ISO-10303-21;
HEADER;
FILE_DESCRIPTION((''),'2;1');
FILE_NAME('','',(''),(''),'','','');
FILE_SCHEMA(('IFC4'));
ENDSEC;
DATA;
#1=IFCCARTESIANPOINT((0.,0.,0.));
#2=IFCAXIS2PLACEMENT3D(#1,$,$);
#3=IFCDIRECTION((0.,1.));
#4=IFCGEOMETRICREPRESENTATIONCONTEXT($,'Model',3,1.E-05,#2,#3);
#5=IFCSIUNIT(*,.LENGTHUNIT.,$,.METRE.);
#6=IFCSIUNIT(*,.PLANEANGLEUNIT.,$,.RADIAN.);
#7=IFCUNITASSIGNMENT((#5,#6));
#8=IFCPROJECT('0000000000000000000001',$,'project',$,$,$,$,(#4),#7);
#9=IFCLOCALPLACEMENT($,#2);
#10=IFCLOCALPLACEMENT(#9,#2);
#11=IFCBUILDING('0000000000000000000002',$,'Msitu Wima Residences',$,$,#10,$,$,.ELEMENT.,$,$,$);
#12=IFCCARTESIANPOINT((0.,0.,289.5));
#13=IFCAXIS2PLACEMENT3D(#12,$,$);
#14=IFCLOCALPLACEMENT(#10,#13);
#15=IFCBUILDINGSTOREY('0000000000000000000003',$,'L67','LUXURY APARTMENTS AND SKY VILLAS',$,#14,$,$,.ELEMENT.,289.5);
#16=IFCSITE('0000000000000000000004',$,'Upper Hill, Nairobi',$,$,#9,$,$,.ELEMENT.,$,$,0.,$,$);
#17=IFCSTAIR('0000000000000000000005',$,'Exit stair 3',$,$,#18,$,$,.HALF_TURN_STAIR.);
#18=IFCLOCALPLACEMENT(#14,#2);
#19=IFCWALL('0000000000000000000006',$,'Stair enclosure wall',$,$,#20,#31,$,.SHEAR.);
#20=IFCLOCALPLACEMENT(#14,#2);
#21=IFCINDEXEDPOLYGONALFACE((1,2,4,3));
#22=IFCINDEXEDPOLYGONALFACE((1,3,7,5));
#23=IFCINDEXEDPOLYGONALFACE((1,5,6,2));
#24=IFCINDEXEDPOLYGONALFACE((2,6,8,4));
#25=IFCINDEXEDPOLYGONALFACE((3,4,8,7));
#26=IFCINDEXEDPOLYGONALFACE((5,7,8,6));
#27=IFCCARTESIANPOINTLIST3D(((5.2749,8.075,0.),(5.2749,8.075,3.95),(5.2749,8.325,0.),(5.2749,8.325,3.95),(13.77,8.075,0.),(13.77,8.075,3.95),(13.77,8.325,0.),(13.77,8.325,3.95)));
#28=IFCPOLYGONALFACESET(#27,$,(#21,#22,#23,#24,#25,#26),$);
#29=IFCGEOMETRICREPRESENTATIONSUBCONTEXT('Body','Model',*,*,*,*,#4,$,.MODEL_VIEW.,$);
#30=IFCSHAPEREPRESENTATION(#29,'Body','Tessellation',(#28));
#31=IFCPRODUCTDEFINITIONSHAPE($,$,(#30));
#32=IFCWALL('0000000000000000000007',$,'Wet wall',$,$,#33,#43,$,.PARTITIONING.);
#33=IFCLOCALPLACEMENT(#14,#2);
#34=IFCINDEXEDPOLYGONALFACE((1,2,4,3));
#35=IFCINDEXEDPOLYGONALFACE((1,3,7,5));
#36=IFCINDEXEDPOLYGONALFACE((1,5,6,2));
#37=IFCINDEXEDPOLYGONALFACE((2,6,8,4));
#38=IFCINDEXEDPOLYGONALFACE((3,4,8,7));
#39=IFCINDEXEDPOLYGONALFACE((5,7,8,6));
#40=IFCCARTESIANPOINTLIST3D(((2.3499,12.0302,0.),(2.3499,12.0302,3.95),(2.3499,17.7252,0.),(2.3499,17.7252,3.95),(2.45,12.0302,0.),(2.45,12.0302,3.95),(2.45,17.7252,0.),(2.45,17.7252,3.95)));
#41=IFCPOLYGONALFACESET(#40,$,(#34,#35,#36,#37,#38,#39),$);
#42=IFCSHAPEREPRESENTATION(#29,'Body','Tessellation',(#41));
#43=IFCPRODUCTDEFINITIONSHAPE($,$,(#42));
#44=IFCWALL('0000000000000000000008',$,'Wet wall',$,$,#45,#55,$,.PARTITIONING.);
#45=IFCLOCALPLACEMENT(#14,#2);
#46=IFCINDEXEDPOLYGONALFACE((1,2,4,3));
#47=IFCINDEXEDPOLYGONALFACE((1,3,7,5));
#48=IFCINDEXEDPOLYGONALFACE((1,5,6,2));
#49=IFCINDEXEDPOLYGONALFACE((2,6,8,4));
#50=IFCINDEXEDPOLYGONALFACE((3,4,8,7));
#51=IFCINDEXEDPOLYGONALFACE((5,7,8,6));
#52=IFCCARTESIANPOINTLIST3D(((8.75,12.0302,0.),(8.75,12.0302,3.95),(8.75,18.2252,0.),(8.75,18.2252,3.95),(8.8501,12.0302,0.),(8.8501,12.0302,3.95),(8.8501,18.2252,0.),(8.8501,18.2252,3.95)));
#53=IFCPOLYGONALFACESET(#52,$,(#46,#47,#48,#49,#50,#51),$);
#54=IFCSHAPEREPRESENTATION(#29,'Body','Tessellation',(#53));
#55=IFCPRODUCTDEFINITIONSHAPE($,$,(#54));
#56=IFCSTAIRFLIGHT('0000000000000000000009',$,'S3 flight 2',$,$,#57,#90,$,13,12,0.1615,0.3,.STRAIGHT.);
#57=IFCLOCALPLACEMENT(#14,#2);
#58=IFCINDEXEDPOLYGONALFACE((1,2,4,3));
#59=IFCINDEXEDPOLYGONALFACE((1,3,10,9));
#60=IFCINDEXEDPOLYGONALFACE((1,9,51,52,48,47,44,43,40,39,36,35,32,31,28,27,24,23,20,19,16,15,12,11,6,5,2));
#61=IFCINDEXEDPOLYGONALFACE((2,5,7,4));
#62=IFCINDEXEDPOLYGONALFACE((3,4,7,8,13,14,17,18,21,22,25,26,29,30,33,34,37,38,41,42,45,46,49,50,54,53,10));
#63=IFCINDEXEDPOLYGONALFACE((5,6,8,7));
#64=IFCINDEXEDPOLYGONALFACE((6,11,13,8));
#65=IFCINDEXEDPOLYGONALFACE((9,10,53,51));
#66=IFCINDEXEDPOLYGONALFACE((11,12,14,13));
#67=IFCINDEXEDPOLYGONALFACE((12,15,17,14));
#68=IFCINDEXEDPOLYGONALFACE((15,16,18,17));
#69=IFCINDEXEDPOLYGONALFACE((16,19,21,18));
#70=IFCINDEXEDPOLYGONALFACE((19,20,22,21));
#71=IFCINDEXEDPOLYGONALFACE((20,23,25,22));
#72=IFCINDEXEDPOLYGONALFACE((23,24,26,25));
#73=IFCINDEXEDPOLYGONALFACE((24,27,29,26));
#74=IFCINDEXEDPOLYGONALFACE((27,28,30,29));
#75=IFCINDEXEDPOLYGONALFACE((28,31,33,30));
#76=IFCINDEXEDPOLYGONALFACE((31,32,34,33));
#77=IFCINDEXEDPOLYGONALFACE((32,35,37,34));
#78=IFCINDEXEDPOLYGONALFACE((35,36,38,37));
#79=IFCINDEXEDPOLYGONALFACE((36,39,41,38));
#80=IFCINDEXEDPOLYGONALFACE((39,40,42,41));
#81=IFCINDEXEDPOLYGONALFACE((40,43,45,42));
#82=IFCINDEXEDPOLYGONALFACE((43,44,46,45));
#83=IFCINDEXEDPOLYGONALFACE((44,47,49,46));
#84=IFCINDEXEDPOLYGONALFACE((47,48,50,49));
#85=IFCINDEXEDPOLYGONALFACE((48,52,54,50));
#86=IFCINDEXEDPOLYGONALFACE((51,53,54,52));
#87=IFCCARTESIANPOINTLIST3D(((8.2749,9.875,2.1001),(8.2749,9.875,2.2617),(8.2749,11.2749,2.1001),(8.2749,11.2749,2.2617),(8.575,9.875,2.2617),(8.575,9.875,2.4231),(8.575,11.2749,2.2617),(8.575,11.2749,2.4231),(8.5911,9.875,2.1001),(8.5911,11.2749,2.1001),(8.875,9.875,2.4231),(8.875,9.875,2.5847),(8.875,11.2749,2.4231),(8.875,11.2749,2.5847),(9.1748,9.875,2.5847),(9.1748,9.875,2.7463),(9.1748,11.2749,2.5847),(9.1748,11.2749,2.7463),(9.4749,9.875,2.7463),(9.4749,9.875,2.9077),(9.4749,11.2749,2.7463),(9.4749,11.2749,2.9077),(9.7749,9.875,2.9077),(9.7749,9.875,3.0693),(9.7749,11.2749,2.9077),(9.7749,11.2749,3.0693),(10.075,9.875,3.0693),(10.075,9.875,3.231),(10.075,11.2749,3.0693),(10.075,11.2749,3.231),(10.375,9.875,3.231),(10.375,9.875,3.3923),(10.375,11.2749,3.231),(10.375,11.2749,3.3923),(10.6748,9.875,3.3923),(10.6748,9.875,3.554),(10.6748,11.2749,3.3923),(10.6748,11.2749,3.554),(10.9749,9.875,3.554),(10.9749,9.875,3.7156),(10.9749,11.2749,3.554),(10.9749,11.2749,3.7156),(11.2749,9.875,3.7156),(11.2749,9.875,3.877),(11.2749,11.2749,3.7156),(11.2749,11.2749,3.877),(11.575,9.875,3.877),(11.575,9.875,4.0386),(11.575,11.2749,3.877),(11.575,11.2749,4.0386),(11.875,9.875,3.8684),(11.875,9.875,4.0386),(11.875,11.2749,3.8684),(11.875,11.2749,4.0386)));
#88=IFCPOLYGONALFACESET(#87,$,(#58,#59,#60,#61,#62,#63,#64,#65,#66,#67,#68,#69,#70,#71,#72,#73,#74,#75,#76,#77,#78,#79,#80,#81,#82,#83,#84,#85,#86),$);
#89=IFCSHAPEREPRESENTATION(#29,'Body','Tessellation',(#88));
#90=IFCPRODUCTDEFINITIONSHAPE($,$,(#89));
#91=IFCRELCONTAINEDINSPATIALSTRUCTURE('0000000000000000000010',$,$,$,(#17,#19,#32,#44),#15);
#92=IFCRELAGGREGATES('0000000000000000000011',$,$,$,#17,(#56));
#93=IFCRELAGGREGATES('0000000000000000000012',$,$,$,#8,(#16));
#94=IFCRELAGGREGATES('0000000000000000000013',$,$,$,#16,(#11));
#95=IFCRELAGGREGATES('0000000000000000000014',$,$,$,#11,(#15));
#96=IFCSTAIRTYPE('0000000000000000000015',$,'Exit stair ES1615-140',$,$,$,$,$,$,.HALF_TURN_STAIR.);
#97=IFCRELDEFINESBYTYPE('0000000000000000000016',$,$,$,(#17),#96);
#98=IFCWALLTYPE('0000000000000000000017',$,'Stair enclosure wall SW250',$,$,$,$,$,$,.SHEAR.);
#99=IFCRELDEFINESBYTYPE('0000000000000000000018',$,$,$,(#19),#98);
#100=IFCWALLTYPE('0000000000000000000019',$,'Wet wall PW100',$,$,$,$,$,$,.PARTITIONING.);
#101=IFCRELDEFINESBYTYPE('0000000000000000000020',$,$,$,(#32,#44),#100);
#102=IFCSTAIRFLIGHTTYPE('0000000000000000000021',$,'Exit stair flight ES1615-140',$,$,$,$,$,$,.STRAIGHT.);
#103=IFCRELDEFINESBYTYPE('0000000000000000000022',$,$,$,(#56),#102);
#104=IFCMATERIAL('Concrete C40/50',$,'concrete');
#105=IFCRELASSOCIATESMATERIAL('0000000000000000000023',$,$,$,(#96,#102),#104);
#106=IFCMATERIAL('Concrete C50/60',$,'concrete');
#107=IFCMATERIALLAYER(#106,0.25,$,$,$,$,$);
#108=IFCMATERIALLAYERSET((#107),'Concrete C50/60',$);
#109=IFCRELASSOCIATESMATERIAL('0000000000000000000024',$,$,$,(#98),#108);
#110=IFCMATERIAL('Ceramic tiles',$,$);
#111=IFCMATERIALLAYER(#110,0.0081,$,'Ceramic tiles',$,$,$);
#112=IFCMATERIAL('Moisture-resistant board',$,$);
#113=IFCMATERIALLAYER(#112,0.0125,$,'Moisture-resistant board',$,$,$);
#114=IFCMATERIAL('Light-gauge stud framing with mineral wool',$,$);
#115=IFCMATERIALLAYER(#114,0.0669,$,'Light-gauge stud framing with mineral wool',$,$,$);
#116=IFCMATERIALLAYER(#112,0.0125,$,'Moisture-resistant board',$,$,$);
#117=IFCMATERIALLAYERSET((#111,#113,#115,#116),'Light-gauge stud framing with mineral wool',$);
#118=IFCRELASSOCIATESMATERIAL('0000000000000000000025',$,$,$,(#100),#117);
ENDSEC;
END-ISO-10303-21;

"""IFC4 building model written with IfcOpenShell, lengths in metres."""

from ifc_helpers import new_model, si_unit, direction, frame, frame_2d, origin, place, context, subcontext, project, spatial, polyline, rectangle, outline, extrude, material, layer, layer_set, type_object, element, aggregate, save


model = new_model("IFC4")

# Units and contexts
model_context = context("Model", 3, precision=1e-05, world=origin(), true_north=direction((0.0, 1.0)))
body_context = subcontext(model_context, "Body", "Model", "MODEL_VIEW")
ifc_project = project(units=[si_unit("LENGTHUNIT", "METRE"), si_unit("PLANEANGLEUNIT", "RADIAN")], contexts=[model_context])

# Site, building, storey
site_placement = place(None, origin())
site = spatial("IfcSite", under=ifc_project, at=site_placement, Name="Upper Hill, Nairobi", CompositionType="ELEMENT", RefElevation=0.0)
building_placement = place(site_placement, origin())
building = spatial("IfcBuilding", under=site, at=building_placement, Name="Msitu Wima Residences", CompositionType="ELEMENT")
storey_placement = place(building_placement, frame((0.0, 0.0, 289.5)))
storey = spatial("IfcBuildingStorey", under=building, at=storey_placement, Name="L67", Description="LUXURY APARTMENTS AND SKY VILLAS", CompositionType="ELEMENT", Elevation=289.5)

# Shared definitions
ifc_material_1 = material(Name="Concrete C40/50", Category="concrete")

# Stair
stair_type = type_object("IfcStairType", Name="Exit stair ES1615-140", PredefinedType="HALF_TURN_STAIR", material=ifc_material_1)
stair_1_placement = place(storey_placement, origin())
stair_1 = element("IfcStair", 1, at=stair_1_placement, inside=storey, type_object=stair_type, Name="Exit stair 3", PredefinedType="HALF_TURN_STAIR")

# Walls
ifc_material_2 = material(Name="Concrete C50/60", Category="concrete")
ifc_layer_1 = layer(ifc_material_2, 0.25)
ifc_layer_set_1 = layer_set([ifc_layer_1], Name="Concrete C50/60")
wall_type_1 = type_object("IfcWallType", Name="Stair enclosure wall SW250", PredefinedType="SHEAR", material=ifc_layer_set_1)
wall_1_placement = place(storey_placement, frame((5.2749, 8.2, 0.0), z_axis=(0.0, 0.0, 1.0), x_axis=(1.0, 0.0, 0.0)))
element("IfcWall", 2, at=wall_1_placement, inside=storey, type_object=wall_type_1, Name="Stair enclosure wall", PredefinedType="SHEAR", context=body_context, shape_type="SweptSolid", body=[
    extrude(rectangle(XDim=8.4951, YDim=0.25, at=frame_2d((4.2476, 0.0))), origin(), (0.0, 0.0, 1.0), 3.95),
])
ifc_material_3 = material(Name="Ceramic tiles")
ifc_layer_2 = layer(ifc_material_3, 0.0081, Name="Ceramic tiles")
ifc_material_4 = material(Name="Moisture-resistant board")
ifc_layer_3 = layer(ifc_material_4, 0.0125, Name="Moisture-resistant board")
ifc_material_5 = material(Name="Light-gauge stud framing with mineral wool")
ifc_layer_4 = layer(ifc_material_5, 0.0669, Name="Light-gauge stud framing with mineral wool")
ifc_layer_5 = layer(ifc_material_4, 0.0125, Name="Moisture-resistant board")
ifc_layer_set_2 = layer_set([ifc_layer_2, ifc_layer_3, ifc_layer_4, ifc_layer_5], Name="Light-gauge stud framing with mineral wool")
wall_type_2 = type_object("IfcWallType", Name="Wet wall PW100", PredefinedType="PARTITIONING", material=ifc_layer_set_2)
wall_2_placement = place(storey_placement, frame((2.3999, 12.03, 0.0), z_axis=(0.0, 0.0, 1.0), x_axis=(0.0, 1.0, 0.0)))
element("IfcWall", 3, at=wall_2_placement, inside=storey, type_object=wall_type_2, Name="Wet wall", PredefinedType="PARTITIONING", context=body_context, shape_type="SweptSolid", body=[
    extrude(rectangle(XDim=5.6951, YDim=0.1001, at=frame_2d((2.8477, 0.0))), origin(), (0.0, 0.0, 1.0), 3.95),
])
wall_3_placement = place(storey_placement, frame((8.8, 12.03, 0.0), z_axis=(0.0, 0.0, 1.0), x_axis=(0.0, 1.0, 0.0)))
element("IfcWall", 4, at=wall_3_placement, inside=storey, type_object=wall_type_2, Name="Wet wall", PredefinedType="PARTITIONING", context=body_context, shape_type="SweptSolid", body=[
    extrude(rectangle(XDim=6.1951, YDim=0.1001, at=frame_2d((3.0977, 0.0))), origin(), (0.0, 0.0, 1.0), 3.95),
])

# Stair flight
stair_flight_type = type_object("IfcStairFlightType", Name="Exit stair flight ES1615-140", PredefinedType="STRAIGHT", material=ifc_material_1)
stair_flight_placement = place(storey_placement, frame((8.2749, 10.575, 2.1001), z_axis=(0.0, 0.0, 1.0), x_axis=(1.0, 0.0, 0.0)))
stair_flight = element("IfcStairFlight", 5, at=stair_flight_placement, type_object=stair_flight_type, Name="S3 flight 2", NumberOfRisers=13, NumberOfTreads=12, PredefinedType="STRAIGHT", RiserHeight=0.1615, TreadLength=0.3, context=body_context, shape_type="SweptSolid", body=[
    extrude(outline(polyline([(0.0, 0.0), (0.0, 0.1616), (0.3, 0.1616), (0.3, 0.323), (0.6001, 0.323), (0.6001, 0.4846), (0.8999, 0.4846), (0.8999, 0.6462), (1.2, 0.6462), (1.2, 0.8076), (1.5, 0.8076), (1.5, 0.9692), (1.8, 0.9692), (1.8, 1.1309), (2.1001, 1.1309), (2.1001, 1.2922), (2.3999, 1.2922), (2.3999, 1.4539), (2.7, 1.4539), (2.7, 1.6155), (3.0, 1.6155), (3.0, 1.7769), (3.3, 1.7769), (3.3, 1.9385), (3.6001, 1.9385), (3.6001, 2.1001), (3.6001, 1.7683), (0.3162, 0.0), (0.0, 0.0)])), frame((0.0, 0.7, 0.0), z_axis=(0.0, -1.0, 0.0), x_axis=(1.0, 0.0, 0.0)), (0.0, 0.0, 1.0), 1.3999),
])
aggregate(stair_1, [stair_flight])

save(model, "model.ifc")
